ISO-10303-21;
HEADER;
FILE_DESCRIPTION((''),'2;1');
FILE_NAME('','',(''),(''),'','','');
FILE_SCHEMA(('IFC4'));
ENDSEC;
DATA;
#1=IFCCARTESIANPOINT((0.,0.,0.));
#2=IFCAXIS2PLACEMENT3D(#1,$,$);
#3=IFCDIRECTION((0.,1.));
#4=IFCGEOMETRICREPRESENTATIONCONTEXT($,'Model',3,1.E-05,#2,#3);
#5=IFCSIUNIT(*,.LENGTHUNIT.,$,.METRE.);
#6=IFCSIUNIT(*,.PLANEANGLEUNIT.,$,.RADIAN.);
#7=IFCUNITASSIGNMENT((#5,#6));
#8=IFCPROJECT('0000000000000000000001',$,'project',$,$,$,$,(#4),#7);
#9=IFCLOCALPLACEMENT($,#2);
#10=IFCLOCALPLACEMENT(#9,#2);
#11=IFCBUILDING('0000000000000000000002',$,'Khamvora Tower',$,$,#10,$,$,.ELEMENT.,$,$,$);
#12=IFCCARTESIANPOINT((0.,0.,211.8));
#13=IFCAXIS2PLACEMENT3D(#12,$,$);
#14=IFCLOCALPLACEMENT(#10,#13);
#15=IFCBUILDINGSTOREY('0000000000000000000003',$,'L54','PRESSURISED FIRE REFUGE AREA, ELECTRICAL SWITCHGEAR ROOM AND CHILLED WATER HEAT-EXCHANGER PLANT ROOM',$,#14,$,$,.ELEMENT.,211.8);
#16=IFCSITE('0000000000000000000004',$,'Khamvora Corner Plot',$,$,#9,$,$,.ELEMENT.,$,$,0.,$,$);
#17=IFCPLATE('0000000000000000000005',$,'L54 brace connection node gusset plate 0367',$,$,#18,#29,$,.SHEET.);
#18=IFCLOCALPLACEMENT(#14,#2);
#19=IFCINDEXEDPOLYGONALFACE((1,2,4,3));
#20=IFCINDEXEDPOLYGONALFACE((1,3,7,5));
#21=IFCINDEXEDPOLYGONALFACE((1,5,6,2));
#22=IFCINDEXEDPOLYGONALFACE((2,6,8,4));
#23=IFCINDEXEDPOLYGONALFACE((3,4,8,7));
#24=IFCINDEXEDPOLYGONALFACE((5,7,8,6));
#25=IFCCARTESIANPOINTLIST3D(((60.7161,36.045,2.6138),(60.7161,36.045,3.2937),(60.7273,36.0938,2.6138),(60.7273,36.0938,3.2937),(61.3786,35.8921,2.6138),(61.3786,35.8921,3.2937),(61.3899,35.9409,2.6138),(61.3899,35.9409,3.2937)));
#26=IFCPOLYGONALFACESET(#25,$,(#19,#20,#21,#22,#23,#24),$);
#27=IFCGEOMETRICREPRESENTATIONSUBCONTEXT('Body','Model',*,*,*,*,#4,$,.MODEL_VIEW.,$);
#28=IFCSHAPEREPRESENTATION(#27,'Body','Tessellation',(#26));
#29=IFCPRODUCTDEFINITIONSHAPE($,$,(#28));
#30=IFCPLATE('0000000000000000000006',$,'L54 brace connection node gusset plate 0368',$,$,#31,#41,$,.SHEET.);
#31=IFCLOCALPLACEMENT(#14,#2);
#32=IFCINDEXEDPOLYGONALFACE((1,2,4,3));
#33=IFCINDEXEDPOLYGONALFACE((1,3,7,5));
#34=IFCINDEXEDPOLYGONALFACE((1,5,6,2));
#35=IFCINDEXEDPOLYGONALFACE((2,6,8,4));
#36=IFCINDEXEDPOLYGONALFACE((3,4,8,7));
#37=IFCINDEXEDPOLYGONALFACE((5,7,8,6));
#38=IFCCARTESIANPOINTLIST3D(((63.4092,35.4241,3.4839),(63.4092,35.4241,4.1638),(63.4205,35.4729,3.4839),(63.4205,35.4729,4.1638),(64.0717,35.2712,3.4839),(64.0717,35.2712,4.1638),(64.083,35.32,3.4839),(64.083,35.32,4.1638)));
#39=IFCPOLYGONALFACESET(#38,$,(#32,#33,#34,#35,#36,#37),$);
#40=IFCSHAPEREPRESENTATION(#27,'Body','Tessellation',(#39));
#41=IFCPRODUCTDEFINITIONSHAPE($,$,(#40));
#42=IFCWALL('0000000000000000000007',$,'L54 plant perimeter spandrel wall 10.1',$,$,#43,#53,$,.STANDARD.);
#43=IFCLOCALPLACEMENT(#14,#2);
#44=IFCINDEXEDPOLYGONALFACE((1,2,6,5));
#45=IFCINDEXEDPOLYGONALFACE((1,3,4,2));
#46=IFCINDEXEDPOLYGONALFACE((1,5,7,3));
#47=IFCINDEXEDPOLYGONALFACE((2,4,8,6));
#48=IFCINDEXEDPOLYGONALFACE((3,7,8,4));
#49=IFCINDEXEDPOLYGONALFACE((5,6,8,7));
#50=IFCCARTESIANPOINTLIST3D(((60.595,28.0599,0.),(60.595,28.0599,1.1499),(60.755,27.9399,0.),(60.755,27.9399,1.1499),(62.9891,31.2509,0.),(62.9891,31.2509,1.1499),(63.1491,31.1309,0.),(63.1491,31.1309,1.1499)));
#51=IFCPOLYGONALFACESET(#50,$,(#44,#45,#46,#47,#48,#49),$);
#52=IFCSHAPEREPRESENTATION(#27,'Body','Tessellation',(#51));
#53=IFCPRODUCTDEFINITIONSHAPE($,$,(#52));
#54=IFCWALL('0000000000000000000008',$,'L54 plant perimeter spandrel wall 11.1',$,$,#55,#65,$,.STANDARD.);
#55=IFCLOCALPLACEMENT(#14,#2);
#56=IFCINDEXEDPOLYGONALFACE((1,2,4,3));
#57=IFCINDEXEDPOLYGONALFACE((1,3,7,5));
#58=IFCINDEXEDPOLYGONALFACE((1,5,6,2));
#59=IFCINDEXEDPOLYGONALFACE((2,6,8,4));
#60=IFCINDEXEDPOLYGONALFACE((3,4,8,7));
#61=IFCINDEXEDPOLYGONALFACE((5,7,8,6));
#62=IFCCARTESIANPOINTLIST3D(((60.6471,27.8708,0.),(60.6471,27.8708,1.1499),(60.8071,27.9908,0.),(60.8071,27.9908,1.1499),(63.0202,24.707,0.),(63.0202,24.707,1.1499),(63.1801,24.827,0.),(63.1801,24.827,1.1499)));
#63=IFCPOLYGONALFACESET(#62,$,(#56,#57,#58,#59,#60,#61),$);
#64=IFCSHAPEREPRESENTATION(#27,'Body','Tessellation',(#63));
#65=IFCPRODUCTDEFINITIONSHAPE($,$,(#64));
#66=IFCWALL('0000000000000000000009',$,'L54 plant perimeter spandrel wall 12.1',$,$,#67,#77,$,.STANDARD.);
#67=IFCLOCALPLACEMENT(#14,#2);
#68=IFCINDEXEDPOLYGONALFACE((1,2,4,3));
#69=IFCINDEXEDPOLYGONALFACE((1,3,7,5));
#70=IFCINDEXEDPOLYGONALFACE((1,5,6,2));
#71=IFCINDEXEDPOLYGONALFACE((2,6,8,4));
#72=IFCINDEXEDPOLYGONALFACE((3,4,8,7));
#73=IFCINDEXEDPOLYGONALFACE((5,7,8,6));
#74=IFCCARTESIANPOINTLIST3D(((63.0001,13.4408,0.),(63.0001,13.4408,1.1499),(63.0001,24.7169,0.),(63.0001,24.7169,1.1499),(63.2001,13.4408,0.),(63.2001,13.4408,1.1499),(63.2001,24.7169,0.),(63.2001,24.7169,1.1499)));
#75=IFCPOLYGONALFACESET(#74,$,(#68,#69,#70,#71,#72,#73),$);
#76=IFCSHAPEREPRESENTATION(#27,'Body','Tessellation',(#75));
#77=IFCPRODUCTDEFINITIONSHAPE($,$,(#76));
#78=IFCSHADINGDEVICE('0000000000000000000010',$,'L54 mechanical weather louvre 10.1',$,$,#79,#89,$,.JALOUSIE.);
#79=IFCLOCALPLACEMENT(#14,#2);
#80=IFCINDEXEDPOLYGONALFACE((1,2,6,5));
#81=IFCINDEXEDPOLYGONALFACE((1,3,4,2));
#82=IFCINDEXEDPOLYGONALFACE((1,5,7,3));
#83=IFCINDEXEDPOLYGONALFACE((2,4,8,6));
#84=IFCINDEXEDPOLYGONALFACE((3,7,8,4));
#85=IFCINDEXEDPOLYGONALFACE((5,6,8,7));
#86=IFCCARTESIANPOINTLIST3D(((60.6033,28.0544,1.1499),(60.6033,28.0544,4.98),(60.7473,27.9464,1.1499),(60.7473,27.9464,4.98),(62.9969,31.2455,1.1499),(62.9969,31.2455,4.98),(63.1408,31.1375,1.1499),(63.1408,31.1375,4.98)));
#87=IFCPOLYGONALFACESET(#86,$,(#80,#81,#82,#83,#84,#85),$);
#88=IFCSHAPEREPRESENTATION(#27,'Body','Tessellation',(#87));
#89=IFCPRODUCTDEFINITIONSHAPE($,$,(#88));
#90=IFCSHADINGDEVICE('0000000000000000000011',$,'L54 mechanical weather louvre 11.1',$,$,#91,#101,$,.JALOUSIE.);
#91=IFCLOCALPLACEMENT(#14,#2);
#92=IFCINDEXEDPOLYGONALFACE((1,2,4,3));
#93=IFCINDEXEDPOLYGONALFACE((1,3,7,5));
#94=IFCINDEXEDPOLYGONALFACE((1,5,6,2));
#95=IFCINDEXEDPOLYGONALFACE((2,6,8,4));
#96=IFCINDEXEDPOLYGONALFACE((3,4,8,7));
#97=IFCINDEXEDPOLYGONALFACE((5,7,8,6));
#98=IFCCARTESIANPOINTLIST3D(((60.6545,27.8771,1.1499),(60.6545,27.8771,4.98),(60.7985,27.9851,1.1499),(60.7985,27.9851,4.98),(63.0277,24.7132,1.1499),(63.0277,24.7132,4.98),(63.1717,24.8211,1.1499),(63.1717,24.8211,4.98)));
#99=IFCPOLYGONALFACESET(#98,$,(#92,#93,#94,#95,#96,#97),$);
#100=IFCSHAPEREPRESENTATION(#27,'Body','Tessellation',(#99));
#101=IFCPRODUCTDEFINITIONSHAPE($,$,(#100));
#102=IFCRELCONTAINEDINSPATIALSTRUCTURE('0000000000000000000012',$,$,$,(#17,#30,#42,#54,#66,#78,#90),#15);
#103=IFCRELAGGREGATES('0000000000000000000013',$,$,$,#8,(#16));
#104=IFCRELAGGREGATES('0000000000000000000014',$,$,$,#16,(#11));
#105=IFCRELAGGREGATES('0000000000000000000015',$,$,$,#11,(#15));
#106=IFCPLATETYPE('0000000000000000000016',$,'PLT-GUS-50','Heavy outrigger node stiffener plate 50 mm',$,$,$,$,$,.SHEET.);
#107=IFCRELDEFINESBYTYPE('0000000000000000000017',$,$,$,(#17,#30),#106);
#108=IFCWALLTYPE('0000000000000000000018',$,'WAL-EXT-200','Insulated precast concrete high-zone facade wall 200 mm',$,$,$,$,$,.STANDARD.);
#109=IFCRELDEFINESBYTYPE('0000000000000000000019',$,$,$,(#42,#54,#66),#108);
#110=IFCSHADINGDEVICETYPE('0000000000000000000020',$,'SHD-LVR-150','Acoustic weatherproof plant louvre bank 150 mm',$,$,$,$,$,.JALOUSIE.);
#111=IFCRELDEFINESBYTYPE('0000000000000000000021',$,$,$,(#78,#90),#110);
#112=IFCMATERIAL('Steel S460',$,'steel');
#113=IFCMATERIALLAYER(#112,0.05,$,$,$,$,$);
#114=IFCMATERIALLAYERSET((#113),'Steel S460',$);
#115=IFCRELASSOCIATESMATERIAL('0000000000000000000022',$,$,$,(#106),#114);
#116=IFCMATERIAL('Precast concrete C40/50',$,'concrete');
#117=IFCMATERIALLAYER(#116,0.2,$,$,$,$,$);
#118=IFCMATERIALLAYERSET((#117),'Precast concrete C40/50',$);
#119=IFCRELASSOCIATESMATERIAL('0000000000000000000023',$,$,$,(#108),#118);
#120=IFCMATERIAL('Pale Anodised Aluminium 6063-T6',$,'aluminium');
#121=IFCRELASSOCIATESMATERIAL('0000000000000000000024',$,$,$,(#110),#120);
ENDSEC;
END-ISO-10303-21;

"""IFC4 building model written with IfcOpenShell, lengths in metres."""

from ifc_helpers import new_model, si_unit, direction, frame, frame_2d, origin, origin_2d, place, context, subcontext, project, spatial, rectangle, extrude, material, layer, layer_set, type_object, element, save


model = new_model("IFC4")

# Units and contexts
model_context = context("Model", 3, precision=1e-05, world=origin(), true_north=direction((0.0, 1.0)))
body_context = subcontext(model_context, "Body", "Model", "MODEL_VIEW")
ifc_project = project(units=[si_unit("LENGTHUNIT", "METRE"), si_unit("PLANEANGLEUNIT", "RADIAN")], contexts=[model_context])

# Site, building, storey
site_placement = place(None, origin())
site = spatial("IfcSite", under=ifc_project, at=site_placement, Name="Khamvora Corner Plot", CompositionType="ELEMENT", RefElevation=0.0)
building_placement = place(site_placement, origin())
building = spatial("IfcBuilding", under=site, at=building_placement, Name="Khamvora Tower", CompositionType="ELEMENT")
storey_placement = place(building_placement, frame((0.0, 0.0, 211.8)))
storey = spatial("IfcBuildingStorey", under=building, at=storey_placement, Name="L54", Description="PRESSURISED FIRE REFUGE AREA, ELECTRICAL SWITCHGEAR ROOM AND CHILLED WATER HEAT-EXCHANGER PLANT ROOM", CompositionType="ELEMENT", Elevation=211.8)

# Shared definitions
ifc_material_1 = material(Name="Steel S460", Category="steel")

# Plates
ifc_layer_1 = layer(ifc_material_1, 0.05)
ifc_layer_set_1 = layer_set([ifc_layer_1], Name="Steel S460")
plate_type_1 = type_object("IfcPlateType", Name="PLT-GUS-50", Description="Heavy outrigger node stiffener plate 50 mm", PredefinedType="SHEET", material=ifc_layer_set_1)
for number, where, z_axis, x_axis, name in (
    (1, (61.053, 35.9929, 2.6138), (0.0, 0.0, 1.0), (0.97439, -0.224866, 0.0), "L54 brace connection node gusset plate 0367"),
    (2, (63.7461, 35.3721, 3.4839), (0.0, 0.0, 1.0), (0.97439, -0.224866, 0.0), "L54 brace connection node gusset plate 0368"),
):
    element("IfcPlate", number, at=place(storey_placement, frame(where, z_axis=z_axis, x_axis=x_axis)), inside=storey, type_object=plate_type_1, Name=name, PredefinedType="SHEET", context=body_context, shape_type="SweptSolid", body=[
        extrude(rectangle(XDim=0.6799, YDim=0.05, at=origin_2d()), origin(), (0.0, 0.0, 1.0), 0.6799),
    ])

# Walls
ifc_material_2 = material(Name="Precast concrete C40/50", Category="concrete")
ifc_layer_2 = layer(ifc_material_2, 0.2)
ifc_layer_set_2 = layer_set([ifc_layer_2], Name="Precast concrete C40/50")
wall_type = type_object("IfcWallType", Name="WAL-EXT-200", Description="Insulated precast concrete high-zone facade wall 200 mm", PredefinedType="STANDARD", material=ifc_layer_set_2)
wall_1_placement = place(storey_placement, frame((63.0691, 31.1909, 0.0), z_axis=(0.0, 0.0, 1.0), x_axis=(-0.600137, -0.799897, 0.0)))
element("IfcWall", 3, at=wall_1_placement, inside=storey, type_object=wall_type, Name="L54 plant perimeter spandrel wall 10.1", PredefinedType="STANDARD", context=body_context, shape_type="SweptSolid", body=[
    extrude(rectangle(XDim=3.9893, YDim=0.2, at=frame_2d((1.9946, 0.0))), origin(), (0.0, 0.0, 1.0), 1.1499),
])
wall_2_placement = place(storey_placement, frame((60.7271, 27.9309, 0.0), z_axis=(0.0, 0.0, 1.0), x_axis=(0.60003, -0.799978, 0.0)))
element("IfcWall", 4, at=wall_2_placement, inside=storey, type_object=wall_type, Name="L54 plant perimeter spandrel wall 11.1", PredefinedType="STANDARD", context=body_context, shape_type="SweptSolid", body=[
    extrude(rectangle(XDim=3.9548, YDim=0.2, at=frame_2d((1.9775, 0.0))), origin(), (0.0, 0.0, 1.0), 1.1499),
])
wall_3_placement = place(storey_placement, frame((63.1001, 24.717, 0.0), z_axis=(0.0, 0.0, 1.0), x_axis=(0.0, -1.0, 0.0)))
element("IfcWall", 5, at=wall_3_placement, inside=storey, type_object=wall_type, Name="L54 plant perimeter spandrel wall 12.1", PredefinedType="STANDARD", context=body_context, shape_type="SweptSolid", body=[
    extrude(rectangle(XDim=11.2761, YDim=0.2, at=frame_2d((5.6382, 0.0))), origin(), (0.0, 0.0, 1.0), 1.1499),
])

# Shading devices
ifc_material_3 = material(Name="Pale Anodised Aluminium 6063-T6", Category="aluminium")
shading_device_type = type_object("IfcShadingDeviceType", Name="SHD-LVR-150", Description="Acoustic weatherproof plant louvre bank 150 mm", PredefinedType="JALOUSIE", material=ifc_material_3)
shading_device_1_placement = place(storey_placement, frame((61.8721, 29.5959, 1.1499), z_axis=(0.0, 0.0, 1.0), x_axis=(-0.60004, -0.79997, 0.0)))
element("IfcShadingDevice", 6, at=shading_device_1_placement, inside=storey, type_object=shading_device_type, Name="L54 mechanical weather louvre 10.1", PredefinedType="JALOUSIE", context=body_context, shape_type="SweptSolid", body=[
    extrude(rectangle(XDim=3.989, YDim=0.1799, at=origin_2d()), origin(), (0.0, 0.0, 1.0), 3.8301),
])
shading_device_2_placement = place(storey_placement, frame((61.9131, 26.3491, 1.1499), z_axis=(0.0, 0.0, 1.0), x_axis=(0.60004, -0.79997, 0.0)))
element("IfcShadingDevice", 7, at=shading_device_2_placement, inside=storey, type_object=shading_device_type, Name="L54 mechanical weather louvre 11.1", PredefinedType="JALOUSIE", context=body_context, shape_type="SweptSolid", body=[
    extrude(rectangle(XDim=3.9551, YDim=0.1799, at=origin_2d()), origin(), (0.0, 0.0, 1.0), 3.8301),
])

save(model, "model.ifc")
